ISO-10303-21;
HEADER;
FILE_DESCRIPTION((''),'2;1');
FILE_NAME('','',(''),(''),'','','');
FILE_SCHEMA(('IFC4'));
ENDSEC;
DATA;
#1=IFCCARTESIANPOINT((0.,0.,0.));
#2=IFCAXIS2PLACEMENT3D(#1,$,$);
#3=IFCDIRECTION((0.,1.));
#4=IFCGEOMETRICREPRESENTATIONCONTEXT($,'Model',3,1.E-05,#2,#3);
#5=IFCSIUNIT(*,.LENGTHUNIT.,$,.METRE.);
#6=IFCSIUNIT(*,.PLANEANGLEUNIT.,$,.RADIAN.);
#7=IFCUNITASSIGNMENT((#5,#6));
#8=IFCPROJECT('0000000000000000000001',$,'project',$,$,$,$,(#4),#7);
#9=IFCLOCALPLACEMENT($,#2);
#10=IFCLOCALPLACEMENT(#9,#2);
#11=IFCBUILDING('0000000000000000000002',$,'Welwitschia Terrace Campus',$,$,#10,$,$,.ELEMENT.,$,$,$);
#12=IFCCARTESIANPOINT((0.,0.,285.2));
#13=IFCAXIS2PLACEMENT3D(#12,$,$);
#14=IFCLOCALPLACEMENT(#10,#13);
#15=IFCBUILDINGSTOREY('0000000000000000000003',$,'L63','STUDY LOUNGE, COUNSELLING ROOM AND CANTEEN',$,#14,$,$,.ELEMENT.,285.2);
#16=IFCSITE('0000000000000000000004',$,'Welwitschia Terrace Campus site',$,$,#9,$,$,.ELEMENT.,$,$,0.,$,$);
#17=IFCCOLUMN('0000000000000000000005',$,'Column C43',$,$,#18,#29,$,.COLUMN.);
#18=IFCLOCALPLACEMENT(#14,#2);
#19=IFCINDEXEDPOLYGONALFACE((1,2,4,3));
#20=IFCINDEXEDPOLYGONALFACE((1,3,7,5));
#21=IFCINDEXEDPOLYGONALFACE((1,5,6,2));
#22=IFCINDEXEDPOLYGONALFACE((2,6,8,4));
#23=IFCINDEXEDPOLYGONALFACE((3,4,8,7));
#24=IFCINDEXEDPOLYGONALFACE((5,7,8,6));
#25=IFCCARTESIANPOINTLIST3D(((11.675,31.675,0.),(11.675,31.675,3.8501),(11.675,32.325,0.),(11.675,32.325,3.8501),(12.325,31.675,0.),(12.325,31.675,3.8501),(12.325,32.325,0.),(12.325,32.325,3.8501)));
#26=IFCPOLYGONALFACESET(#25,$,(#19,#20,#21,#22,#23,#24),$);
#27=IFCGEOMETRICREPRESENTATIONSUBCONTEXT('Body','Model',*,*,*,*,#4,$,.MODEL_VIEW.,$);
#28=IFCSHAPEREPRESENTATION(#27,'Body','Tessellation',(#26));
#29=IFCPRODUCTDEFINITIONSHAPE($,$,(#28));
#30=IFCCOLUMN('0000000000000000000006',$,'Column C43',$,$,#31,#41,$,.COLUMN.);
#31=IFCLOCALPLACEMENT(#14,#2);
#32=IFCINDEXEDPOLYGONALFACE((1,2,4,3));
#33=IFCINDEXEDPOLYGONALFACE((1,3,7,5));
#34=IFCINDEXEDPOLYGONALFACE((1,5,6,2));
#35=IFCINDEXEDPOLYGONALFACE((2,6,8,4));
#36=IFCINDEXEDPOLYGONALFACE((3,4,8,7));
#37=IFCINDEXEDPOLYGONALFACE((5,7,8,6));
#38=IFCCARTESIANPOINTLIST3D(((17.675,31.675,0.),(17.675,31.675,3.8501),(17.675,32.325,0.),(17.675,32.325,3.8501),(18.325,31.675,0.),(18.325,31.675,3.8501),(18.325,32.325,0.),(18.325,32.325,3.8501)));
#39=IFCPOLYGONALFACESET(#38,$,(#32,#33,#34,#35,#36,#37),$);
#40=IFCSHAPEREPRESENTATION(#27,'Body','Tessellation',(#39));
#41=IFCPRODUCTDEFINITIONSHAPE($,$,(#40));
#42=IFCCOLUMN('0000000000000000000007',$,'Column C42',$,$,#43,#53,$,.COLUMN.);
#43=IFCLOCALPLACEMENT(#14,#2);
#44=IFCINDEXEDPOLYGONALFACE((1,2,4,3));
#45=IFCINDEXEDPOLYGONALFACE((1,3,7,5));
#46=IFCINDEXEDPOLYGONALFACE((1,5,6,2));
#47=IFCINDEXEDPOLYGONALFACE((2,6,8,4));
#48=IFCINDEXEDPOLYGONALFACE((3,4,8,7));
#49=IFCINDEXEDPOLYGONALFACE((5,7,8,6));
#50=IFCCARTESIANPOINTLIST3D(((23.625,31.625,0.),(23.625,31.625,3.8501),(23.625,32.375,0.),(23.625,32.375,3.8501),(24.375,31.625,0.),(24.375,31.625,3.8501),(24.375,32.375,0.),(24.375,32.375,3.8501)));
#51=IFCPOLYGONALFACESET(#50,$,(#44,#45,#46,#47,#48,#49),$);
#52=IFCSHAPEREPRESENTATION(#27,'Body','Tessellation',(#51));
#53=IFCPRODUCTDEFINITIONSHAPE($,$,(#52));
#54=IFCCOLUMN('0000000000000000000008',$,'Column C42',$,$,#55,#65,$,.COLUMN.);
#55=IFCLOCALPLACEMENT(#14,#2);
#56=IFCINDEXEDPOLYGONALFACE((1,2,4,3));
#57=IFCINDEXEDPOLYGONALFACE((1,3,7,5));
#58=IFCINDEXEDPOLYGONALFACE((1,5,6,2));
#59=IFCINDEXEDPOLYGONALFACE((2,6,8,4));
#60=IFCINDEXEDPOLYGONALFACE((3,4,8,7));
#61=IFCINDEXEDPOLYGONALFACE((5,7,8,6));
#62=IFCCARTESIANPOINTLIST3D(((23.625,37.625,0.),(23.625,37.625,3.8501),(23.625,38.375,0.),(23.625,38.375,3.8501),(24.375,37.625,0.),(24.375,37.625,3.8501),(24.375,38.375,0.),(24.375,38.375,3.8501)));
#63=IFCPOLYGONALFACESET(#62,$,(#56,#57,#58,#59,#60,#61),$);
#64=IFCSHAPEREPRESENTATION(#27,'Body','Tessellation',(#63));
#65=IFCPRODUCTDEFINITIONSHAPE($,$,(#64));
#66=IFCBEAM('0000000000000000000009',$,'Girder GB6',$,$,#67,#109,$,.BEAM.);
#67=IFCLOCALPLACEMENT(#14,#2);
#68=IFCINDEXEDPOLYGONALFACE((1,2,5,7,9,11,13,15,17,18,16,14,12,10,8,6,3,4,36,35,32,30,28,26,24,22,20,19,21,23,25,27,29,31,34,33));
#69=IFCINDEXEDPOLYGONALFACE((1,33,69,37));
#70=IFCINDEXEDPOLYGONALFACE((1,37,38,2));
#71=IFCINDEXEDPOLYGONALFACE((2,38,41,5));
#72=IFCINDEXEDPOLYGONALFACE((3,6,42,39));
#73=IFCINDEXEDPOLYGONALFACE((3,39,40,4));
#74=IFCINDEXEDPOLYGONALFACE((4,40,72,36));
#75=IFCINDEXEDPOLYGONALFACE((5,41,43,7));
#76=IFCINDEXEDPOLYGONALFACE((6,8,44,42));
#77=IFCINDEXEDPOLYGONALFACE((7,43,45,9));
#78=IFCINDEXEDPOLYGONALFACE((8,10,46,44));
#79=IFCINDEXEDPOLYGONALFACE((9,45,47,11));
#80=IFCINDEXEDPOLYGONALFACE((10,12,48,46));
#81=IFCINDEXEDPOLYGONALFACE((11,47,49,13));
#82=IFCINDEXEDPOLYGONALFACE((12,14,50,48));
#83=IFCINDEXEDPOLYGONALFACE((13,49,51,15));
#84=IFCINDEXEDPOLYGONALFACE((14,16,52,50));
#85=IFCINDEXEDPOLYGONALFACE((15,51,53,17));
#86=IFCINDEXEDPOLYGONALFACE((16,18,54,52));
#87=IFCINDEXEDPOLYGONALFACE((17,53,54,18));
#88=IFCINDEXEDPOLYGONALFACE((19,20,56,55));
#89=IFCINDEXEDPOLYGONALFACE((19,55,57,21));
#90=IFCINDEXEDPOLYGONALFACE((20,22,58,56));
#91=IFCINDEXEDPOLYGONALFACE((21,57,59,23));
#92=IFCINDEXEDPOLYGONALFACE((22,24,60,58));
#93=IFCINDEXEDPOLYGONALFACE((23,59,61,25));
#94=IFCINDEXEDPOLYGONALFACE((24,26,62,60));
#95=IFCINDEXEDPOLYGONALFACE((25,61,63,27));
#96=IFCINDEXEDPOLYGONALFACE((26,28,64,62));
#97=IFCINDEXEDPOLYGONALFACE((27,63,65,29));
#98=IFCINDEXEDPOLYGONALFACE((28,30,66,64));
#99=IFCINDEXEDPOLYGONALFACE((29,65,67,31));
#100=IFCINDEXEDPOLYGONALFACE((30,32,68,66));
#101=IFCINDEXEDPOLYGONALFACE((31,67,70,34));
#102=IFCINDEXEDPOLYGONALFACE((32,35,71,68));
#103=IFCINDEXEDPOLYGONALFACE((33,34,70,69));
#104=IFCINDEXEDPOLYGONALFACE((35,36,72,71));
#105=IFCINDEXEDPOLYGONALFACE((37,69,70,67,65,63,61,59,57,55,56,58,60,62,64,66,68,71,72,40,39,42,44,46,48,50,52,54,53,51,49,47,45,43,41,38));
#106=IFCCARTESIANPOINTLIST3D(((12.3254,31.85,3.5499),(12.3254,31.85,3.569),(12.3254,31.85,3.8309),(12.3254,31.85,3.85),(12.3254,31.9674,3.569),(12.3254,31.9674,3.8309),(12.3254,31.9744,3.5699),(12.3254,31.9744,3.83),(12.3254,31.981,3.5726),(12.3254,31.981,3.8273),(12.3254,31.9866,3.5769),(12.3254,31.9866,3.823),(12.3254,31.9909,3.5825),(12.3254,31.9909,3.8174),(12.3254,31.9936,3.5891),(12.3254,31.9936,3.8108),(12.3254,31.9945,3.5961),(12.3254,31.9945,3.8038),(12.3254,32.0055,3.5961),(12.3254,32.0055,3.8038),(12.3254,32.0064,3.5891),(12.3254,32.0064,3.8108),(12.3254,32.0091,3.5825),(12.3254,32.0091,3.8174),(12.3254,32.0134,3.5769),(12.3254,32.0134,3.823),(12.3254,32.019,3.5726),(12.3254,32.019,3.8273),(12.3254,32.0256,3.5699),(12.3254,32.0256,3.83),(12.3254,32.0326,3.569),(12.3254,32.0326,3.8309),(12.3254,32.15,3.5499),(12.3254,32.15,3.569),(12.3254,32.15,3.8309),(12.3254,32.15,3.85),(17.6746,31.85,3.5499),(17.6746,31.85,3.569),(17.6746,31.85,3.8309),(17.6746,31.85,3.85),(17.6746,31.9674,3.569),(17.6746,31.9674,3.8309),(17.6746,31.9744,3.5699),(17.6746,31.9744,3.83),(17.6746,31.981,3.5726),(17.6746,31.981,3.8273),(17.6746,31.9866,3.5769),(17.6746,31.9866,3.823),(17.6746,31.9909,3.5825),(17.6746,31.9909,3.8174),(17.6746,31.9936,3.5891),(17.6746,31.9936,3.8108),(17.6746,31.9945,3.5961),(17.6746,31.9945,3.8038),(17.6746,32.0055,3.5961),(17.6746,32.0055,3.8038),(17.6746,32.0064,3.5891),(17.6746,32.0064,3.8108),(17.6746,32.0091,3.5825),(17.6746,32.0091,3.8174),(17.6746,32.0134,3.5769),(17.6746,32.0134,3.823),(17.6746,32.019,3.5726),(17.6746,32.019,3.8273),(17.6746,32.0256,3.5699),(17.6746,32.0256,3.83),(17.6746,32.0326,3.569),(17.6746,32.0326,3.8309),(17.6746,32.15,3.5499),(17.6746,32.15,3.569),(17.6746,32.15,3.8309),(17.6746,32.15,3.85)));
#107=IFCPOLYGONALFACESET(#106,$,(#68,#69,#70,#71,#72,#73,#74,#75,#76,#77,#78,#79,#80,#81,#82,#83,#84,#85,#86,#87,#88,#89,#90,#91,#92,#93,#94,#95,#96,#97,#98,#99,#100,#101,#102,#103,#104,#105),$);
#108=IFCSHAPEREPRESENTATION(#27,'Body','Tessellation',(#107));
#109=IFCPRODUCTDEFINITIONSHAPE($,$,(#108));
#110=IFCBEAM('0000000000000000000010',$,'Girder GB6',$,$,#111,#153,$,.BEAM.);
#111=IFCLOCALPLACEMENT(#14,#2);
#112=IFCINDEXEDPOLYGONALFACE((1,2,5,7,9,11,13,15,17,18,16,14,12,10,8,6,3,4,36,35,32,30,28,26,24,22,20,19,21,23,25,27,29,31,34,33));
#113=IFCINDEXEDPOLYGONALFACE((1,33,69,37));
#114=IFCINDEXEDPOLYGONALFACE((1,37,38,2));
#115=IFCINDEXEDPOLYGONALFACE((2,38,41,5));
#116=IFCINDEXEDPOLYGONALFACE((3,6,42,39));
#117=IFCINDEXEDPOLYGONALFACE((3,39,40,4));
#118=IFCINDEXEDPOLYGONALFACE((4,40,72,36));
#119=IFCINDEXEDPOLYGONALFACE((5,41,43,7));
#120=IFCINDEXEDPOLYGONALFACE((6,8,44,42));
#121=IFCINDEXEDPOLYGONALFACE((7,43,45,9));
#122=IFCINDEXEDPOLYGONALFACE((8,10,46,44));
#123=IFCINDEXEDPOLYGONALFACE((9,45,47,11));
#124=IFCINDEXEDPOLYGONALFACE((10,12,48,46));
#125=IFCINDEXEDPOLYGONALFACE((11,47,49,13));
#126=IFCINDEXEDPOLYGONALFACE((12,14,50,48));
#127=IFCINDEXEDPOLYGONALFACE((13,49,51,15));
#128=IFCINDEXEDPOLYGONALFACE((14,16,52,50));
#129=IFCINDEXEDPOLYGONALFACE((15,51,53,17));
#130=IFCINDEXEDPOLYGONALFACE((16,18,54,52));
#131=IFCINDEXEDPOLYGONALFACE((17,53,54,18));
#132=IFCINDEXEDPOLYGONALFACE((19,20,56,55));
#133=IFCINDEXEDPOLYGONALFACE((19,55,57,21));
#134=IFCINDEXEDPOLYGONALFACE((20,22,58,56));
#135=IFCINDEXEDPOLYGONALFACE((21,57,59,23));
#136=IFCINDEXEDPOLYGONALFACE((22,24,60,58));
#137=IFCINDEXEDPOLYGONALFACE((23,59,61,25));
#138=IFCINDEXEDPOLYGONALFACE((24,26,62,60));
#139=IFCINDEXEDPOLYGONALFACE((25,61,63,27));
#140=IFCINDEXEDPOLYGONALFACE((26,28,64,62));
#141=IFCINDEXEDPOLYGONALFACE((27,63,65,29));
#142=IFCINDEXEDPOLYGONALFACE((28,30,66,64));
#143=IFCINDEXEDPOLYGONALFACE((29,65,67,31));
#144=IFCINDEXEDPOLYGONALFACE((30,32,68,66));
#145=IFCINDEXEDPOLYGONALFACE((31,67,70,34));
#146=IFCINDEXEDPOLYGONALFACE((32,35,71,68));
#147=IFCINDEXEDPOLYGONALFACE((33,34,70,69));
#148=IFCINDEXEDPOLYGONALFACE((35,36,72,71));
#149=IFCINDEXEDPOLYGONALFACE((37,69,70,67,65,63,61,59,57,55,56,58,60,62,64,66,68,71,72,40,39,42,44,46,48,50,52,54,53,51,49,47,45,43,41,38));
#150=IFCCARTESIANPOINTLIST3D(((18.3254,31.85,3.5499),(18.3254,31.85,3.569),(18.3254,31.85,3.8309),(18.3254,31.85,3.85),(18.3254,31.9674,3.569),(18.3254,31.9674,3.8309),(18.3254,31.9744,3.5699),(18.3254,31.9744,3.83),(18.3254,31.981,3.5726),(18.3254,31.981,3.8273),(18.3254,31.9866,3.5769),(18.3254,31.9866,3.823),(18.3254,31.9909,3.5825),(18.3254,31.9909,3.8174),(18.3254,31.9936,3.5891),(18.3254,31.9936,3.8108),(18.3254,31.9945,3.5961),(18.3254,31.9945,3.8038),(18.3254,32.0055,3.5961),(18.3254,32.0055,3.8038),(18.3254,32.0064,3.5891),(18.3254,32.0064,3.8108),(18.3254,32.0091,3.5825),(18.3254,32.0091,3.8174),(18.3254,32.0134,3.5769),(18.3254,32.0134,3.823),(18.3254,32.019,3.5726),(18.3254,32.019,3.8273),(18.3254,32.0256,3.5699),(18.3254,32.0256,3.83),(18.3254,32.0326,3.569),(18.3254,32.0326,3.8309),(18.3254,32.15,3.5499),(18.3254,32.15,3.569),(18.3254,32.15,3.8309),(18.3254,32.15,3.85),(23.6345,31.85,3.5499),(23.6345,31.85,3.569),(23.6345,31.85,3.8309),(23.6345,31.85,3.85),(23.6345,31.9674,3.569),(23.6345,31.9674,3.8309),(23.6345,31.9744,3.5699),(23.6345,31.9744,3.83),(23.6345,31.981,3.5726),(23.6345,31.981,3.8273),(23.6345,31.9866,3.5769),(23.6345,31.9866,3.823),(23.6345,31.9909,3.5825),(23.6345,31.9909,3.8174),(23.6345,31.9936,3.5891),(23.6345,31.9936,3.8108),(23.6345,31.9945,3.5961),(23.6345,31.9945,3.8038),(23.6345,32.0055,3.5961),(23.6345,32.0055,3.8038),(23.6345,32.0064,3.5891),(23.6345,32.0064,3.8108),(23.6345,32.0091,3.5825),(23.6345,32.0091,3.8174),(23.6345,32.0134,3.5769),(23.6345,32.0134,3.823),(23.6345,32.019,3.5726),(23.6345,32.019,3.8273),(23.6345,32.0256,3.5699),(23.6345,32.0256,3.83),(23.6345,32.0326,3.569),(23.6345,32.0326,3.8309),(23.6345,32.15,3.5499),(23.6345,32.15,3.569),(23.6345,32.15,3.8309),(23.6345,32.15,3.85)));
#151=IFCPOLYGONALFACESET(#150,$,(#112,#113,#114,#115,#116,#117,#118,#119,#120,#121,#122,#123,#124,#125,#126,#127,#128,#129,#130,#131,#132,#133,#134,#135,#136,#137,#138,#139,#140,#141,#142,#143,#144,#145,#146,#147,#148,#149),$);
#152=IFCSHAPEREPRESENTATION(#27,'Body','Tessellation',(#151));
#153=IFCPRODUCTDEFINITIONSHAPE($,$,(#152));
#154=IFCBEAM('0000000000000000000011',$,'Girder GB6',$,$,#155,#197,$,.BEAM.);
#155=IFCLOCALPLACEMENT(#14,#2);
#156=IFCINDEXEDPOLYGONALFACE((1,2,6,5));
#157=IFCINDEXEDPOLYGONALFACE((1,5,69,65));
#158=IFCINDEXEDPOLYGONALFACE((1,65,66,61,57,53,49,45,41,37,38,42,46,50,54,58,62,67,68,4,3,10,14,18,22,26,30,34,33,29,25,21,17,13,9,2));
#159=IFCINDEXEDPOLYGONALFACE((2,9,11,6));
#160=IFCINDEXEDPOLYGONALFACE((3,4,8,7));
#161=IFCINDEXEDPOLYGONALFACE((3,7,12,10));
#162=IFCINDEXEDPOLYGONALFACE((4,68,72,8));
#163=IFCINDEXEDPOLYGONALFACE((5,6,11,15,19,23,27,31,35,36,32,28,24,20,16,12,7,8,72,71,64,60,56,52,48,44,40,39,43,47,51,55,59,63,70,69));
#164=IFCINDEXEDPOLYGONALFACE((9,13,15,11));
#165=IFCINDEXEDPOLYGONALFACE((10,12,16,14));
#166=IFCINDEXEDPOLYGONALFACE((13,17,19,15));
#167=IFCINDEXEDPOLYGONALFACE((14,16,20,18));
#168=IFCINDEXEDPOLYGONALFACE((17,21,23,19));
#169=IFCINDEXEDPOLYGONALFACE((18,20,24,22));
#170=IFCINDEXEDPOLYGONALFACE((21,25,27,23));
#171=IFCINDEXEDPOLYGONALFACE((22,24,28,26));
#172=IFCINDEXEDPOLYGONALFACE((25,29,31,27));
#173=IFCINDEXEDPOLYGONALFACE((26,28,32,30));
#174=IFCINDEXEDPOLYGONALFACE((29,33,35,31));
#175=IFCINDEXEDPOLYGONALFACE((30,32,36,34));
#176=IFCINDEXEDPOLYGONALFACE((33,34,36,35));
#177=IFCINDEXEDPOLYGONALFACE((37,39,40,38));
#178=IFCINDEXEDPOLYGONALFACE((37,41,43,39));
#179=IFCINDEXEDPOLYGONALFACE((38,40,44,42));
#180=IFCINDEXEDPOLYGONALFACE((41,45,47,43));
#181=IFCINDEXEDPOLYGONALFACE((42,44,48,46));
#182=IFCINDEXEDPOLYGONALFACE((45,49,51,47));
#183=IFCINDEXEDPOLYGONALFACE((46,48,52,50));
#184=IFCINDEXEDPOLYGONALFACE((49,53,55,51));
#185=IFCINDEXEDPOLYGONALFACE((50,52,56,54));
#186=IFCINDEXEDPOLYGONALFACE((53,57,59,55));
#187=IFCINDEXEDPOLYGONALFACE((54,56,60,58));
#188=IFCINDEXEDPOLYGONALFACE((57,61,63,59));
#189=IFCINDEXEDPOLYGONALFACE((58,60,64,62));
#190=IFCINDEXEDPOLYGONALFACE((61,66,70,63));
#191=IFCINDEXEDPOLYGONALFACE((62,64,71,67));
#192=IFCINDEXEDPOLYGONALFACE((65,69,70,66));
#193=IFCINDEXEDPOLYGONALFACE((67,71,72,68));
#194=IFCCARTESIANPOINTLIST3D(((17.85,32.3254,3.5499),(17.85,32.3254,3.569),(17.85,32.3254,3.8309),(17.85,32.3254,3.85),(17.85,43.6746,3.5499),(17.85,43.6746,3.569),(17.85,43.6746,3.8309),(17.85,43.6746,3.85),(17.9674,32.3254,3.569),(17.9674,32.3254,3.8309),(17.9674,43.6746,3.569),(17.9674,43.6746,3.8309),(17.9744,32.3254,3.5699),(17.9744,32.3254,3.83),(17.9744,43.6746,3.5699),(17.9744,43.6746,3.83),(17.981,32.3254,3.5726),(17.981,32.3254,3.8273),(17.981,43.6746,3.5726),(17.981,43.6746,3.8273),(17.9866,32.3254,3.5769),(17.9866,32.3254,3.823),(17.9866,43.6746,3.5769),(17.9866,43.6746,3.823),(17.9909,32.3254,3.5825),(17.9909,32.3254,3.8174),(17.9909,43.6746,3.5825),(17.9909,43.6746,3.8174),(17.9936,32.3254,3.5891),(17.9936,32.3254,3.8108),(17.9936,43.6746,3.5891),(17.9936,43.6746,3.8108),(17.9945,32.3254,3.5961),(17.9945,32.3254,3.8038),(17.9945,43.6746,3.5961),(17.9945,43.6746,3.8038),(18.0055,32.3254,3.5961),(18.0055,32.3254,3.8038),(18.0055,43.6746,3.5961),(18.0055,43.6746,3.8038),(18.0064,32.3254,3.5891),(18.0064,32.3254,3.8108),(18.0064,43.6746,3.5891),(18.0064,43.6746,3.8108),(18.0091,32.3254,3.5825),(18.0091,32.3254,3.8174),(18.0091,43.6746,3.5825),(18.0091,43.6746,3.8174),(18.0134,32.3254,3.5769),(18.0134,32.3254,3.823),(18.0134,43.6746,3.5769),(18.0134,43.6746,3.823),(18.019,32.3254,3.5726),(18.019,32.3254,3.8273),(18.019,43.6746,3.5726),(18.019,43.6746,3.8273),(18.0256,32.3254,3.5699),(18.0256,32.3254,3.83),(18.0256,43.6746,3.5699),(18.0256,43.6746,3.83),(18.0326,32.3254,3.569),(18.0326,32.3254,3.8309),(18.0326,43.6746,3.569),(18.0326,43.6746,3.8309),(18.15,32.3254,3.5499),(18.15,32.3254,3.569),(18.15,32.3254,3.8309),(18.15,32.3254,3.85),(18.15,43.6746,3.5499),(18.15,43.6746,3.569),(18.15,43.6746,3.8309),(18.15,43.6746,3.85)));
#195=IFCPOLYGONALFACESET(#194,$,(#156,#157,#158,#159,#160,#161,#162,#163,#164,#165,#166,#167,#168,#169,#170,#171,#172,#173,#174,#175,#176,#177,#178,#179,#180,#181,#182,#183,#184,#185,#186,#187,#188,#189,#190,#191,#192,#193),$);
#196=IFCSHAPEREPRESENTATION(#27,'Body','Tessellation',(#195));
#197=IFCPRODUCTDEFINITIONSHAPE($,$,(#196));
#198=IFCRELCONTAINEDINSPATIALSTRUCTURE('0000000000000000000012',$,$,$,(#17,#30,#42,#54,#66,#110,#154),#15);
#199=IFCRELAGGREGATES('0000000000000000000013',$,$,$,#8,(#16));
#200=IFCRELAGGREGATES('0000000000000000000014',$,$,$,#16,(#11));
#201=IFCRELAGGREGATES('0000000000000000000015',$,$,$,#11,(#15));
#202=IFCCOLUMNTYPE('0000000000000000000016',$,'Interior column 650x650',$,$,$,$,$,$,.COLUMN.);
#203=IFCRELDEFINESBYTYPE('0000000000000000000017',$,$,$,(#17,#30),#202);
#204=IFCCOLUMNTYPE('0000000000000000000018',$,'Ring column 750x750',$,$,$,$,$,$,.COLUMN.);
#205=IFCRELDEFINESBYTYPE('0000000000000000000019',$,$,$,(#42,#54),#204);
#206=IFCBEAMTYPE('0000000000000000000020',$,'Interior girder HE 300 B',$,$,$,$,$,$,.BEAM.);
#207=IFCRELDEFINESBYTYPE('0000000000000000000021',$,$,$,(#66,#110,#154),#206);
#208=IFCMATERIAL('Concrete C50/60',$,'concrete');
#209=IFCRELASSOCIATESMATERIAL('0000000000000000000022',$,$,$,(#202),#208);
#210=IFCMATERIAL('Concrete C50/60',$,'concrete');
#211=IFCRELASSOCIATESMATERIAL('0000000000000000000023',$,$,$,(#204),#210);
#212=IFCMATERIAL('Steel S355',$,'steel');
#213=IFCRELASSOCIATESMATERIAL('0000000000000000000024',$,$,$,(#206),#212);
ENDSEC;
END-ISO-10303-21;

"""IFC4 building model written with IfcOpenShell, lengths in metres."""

from ifc_helpers import new_model, si_unit, direction, frame, origin, origin_2d, place, context, subcontext, project, spatial, rectangle, i_section, extrude, material, material_profile, profile_set, type_object, element, save


model = new_model("IFC4")

# Units and contexts
model_context = context("Model", 3, precision=1e-05, world=origin(), true_north=direction((0.0, 1.0)))
body_context = subcontext(model_context, "Body", "Model", "MODEL_VIEW")
ifc_project = project(units=[si_unit("LENGTHUNIT", "METRE"), si_unit("PLANEANGLEUNIT", "RADIAN")], contexts=[model_context])

# Site, building, storey
site_placement = place(None, origin())
site = spatial("IfcSite", under=ifc_project, at=site_placement, Name="Welwitschia Terrace Campus site", CompositionType="ELEMENT", RefElevation=0.0)
building_placement = place(site_placement, origin())
building = spatial("IfcBuilding", under=site, at=building_placement, Name="Welwitschia Terrace Campus", CompositionType="ELEMENT")
storey_placement = place(building_placement, frame((0.0, 0.0, 285.2)))
storey = spatial("IfcBuildingStorey", under=building, at=storey_placement, Name="L63", Description="STUDY LOUNGE, COUNSELLING ROOM AND CANTEEN", CompositionType="ELEMENT", Elevation=285.2)

# Columns
ifc_material_1 = material(Name="Concrete C50/60", Category="concrete")
ifc_material_profile_1 = material_profile(ifc_material_1, rectangle(XDim=0.6499, YDim=0.6499, at=origin_2d()))
ifc_profile_set_1 = profile_set([ifc_material_profile_1], Name="Concrete C50/60")
column_type_1 = type_object("IfcColumnType", Name="Interior column 650x650", PredefinedType="COLUMN", material=ifc_profile_set_1)
for number, where, z_axis, x_axis, name in (
    (1, (12.0, 32.0, 0.0), (0.0, 0.0, 1.0), (1.0, 0.0, 0.0), "Column C43"),
    (2, (18.0, 32.0, 0.0), (0.0, 0.0, 1.0), (1.0, 0.0, 0.0), "Column C43"),
):
    element("IfcColumn", number, at=place(storey_placement, frame(where, z_axis=z_axis, x_axis=x_axis)), inside=storey, type_object=column_type_1, Name=name, PredefinedType="COLUMN", context=body_context, shape_type="SweptSolid", body=[
        extrude(rectangle(XDim=0.6499, YDim=0.6499, at=origin_2d()), origin(), (0.0, 0.0, 1.0), 3.8501),
    ])
ifc_material_2 = material(Name="Concrete C50/60", Category="concrete")
ifc_material_profile_2 = material_profile(ifc_material_2, rectangle(XDim=0.75, YDim=0.75, at=origin_2d()))
ifc_profile_set_2 = profile_set([ifc_material_profile_2], Name="Concrete C50/60")
column_type_2 = type_object("IfcColumnType", Name="Ring column 750x750", PredefinedType="COLUMN", material=ifc_profile_set_2)
for number, where, z_axis, x_axis, name in (
    (3, (24.0, 32.0, 0.0), (0.0, 0.0, 1.0), (1.0, 0.0, 0.0), "Column C42"),
    (4, (24.0, 38.0, 0.0), (0.0, 0.0, 1.0), (1.0, 0.0, 0.0), "Column C42"),
):
    element("IfcColumn", number, at=place(storey_placement, frame(where, z_axis=z_axis, x_axis=x_axis)), inside=storey, type_object=column_type_2, Name=name, PredefinedType="COLUMN", context=body_context, shape_type="SweptSolid", body=[
        extrude(rectangle(XDim=0.75, YDim=0.75, at=origin_2d()), origin(), (0.0, 0.0, 1.0), 3.8501),
    ])

# Beams
ifc_material_3 = material(Name="Steel S355", Category="steel")
ifc_material_profile_3 = material_profile(ifc_material_3, i_section(OverallWidth=0.3, OverallDepth=0.3, WebThickness=0.011, FlangeThickness=0.019, FilletRadius=0.0271, at=origin_2d()))
ifc_profile_set_3 = profile_set([ifc_material_profile_3], Name="Steel S355")
beam_type_1 = type_object("IfcBeamType", Name="Interior girder HE 300 B", PredefinedType="BEAM", material=ifc_profile_set_3)
beam_1_placement = place(storey_placement, frame((12.3254, 32.0, 3.7), z_axis=(1.0, 0.0, 0.0), x_axis=(0.0, 1.0, 0.0)))
element("IfcBeam", 5, at=beam_1_placement, inside=storey, type_object=beam_type_1, Name="Girder GB6", PredefinedType="BEAM", context=body_context, shape_type="SweptSolid", body=[
    extrude(i_section(OverallWidth=0.3, OverallDepth=0.3, WebThickness=0.011, FlangeThickness=0.019, FilletRadius=0.0271, at=origin_2d()), origin(), (0.0, 0.0, 1.0), 5.3491),
])
beam_2_placement = place(storey_placement, frame((18.3254, 32.0, 3.7), z_axis=(1.0, 0.0, 0.0), x_axis=(0.0, 1.0, 0.0)))
element("IfcBeam", 6, at=beam_2_placement, inside=storey, type_object=beam_type_1, Name="Girder GB6", PredefinedType="BEAM", context=body_context, shape_type="SweptSolid", body=[
    extrude(i_section(OverallWidth=0.3, OverallDepth=0.3, WebThickness=0.011, FlangeThickness=0.019, FilletRadius=0.0271, at=origin_2d()), origin(), (0.0, 0.0, 1.0), 5.3091),
])
beam_3_placement = place(storey_placement, frame((18.0, 32.3254, 3.7), z_axis=(0.0, 1.0, 0.0), x_axis=(-1.0, 0.0, 0.0)))
element("IfcBeam", 7, at=beam_3_placement, inside=storey, type_object=beam_type_1, Name="Girder GB6", PredefinedType="BEAM", context=body_context, shape_type="SweptSolid", body=[
    extrude(i_section(OverallWidth=0.3, OverallDepth=0.3, WebThickness=0.011, FlangeThickness=0.019, FilletRadius=0.0271, at=origin_2d()), origin(), (0.0, 0.0, 1.0), 11.3491),
])

save(model, "model.ifc")
